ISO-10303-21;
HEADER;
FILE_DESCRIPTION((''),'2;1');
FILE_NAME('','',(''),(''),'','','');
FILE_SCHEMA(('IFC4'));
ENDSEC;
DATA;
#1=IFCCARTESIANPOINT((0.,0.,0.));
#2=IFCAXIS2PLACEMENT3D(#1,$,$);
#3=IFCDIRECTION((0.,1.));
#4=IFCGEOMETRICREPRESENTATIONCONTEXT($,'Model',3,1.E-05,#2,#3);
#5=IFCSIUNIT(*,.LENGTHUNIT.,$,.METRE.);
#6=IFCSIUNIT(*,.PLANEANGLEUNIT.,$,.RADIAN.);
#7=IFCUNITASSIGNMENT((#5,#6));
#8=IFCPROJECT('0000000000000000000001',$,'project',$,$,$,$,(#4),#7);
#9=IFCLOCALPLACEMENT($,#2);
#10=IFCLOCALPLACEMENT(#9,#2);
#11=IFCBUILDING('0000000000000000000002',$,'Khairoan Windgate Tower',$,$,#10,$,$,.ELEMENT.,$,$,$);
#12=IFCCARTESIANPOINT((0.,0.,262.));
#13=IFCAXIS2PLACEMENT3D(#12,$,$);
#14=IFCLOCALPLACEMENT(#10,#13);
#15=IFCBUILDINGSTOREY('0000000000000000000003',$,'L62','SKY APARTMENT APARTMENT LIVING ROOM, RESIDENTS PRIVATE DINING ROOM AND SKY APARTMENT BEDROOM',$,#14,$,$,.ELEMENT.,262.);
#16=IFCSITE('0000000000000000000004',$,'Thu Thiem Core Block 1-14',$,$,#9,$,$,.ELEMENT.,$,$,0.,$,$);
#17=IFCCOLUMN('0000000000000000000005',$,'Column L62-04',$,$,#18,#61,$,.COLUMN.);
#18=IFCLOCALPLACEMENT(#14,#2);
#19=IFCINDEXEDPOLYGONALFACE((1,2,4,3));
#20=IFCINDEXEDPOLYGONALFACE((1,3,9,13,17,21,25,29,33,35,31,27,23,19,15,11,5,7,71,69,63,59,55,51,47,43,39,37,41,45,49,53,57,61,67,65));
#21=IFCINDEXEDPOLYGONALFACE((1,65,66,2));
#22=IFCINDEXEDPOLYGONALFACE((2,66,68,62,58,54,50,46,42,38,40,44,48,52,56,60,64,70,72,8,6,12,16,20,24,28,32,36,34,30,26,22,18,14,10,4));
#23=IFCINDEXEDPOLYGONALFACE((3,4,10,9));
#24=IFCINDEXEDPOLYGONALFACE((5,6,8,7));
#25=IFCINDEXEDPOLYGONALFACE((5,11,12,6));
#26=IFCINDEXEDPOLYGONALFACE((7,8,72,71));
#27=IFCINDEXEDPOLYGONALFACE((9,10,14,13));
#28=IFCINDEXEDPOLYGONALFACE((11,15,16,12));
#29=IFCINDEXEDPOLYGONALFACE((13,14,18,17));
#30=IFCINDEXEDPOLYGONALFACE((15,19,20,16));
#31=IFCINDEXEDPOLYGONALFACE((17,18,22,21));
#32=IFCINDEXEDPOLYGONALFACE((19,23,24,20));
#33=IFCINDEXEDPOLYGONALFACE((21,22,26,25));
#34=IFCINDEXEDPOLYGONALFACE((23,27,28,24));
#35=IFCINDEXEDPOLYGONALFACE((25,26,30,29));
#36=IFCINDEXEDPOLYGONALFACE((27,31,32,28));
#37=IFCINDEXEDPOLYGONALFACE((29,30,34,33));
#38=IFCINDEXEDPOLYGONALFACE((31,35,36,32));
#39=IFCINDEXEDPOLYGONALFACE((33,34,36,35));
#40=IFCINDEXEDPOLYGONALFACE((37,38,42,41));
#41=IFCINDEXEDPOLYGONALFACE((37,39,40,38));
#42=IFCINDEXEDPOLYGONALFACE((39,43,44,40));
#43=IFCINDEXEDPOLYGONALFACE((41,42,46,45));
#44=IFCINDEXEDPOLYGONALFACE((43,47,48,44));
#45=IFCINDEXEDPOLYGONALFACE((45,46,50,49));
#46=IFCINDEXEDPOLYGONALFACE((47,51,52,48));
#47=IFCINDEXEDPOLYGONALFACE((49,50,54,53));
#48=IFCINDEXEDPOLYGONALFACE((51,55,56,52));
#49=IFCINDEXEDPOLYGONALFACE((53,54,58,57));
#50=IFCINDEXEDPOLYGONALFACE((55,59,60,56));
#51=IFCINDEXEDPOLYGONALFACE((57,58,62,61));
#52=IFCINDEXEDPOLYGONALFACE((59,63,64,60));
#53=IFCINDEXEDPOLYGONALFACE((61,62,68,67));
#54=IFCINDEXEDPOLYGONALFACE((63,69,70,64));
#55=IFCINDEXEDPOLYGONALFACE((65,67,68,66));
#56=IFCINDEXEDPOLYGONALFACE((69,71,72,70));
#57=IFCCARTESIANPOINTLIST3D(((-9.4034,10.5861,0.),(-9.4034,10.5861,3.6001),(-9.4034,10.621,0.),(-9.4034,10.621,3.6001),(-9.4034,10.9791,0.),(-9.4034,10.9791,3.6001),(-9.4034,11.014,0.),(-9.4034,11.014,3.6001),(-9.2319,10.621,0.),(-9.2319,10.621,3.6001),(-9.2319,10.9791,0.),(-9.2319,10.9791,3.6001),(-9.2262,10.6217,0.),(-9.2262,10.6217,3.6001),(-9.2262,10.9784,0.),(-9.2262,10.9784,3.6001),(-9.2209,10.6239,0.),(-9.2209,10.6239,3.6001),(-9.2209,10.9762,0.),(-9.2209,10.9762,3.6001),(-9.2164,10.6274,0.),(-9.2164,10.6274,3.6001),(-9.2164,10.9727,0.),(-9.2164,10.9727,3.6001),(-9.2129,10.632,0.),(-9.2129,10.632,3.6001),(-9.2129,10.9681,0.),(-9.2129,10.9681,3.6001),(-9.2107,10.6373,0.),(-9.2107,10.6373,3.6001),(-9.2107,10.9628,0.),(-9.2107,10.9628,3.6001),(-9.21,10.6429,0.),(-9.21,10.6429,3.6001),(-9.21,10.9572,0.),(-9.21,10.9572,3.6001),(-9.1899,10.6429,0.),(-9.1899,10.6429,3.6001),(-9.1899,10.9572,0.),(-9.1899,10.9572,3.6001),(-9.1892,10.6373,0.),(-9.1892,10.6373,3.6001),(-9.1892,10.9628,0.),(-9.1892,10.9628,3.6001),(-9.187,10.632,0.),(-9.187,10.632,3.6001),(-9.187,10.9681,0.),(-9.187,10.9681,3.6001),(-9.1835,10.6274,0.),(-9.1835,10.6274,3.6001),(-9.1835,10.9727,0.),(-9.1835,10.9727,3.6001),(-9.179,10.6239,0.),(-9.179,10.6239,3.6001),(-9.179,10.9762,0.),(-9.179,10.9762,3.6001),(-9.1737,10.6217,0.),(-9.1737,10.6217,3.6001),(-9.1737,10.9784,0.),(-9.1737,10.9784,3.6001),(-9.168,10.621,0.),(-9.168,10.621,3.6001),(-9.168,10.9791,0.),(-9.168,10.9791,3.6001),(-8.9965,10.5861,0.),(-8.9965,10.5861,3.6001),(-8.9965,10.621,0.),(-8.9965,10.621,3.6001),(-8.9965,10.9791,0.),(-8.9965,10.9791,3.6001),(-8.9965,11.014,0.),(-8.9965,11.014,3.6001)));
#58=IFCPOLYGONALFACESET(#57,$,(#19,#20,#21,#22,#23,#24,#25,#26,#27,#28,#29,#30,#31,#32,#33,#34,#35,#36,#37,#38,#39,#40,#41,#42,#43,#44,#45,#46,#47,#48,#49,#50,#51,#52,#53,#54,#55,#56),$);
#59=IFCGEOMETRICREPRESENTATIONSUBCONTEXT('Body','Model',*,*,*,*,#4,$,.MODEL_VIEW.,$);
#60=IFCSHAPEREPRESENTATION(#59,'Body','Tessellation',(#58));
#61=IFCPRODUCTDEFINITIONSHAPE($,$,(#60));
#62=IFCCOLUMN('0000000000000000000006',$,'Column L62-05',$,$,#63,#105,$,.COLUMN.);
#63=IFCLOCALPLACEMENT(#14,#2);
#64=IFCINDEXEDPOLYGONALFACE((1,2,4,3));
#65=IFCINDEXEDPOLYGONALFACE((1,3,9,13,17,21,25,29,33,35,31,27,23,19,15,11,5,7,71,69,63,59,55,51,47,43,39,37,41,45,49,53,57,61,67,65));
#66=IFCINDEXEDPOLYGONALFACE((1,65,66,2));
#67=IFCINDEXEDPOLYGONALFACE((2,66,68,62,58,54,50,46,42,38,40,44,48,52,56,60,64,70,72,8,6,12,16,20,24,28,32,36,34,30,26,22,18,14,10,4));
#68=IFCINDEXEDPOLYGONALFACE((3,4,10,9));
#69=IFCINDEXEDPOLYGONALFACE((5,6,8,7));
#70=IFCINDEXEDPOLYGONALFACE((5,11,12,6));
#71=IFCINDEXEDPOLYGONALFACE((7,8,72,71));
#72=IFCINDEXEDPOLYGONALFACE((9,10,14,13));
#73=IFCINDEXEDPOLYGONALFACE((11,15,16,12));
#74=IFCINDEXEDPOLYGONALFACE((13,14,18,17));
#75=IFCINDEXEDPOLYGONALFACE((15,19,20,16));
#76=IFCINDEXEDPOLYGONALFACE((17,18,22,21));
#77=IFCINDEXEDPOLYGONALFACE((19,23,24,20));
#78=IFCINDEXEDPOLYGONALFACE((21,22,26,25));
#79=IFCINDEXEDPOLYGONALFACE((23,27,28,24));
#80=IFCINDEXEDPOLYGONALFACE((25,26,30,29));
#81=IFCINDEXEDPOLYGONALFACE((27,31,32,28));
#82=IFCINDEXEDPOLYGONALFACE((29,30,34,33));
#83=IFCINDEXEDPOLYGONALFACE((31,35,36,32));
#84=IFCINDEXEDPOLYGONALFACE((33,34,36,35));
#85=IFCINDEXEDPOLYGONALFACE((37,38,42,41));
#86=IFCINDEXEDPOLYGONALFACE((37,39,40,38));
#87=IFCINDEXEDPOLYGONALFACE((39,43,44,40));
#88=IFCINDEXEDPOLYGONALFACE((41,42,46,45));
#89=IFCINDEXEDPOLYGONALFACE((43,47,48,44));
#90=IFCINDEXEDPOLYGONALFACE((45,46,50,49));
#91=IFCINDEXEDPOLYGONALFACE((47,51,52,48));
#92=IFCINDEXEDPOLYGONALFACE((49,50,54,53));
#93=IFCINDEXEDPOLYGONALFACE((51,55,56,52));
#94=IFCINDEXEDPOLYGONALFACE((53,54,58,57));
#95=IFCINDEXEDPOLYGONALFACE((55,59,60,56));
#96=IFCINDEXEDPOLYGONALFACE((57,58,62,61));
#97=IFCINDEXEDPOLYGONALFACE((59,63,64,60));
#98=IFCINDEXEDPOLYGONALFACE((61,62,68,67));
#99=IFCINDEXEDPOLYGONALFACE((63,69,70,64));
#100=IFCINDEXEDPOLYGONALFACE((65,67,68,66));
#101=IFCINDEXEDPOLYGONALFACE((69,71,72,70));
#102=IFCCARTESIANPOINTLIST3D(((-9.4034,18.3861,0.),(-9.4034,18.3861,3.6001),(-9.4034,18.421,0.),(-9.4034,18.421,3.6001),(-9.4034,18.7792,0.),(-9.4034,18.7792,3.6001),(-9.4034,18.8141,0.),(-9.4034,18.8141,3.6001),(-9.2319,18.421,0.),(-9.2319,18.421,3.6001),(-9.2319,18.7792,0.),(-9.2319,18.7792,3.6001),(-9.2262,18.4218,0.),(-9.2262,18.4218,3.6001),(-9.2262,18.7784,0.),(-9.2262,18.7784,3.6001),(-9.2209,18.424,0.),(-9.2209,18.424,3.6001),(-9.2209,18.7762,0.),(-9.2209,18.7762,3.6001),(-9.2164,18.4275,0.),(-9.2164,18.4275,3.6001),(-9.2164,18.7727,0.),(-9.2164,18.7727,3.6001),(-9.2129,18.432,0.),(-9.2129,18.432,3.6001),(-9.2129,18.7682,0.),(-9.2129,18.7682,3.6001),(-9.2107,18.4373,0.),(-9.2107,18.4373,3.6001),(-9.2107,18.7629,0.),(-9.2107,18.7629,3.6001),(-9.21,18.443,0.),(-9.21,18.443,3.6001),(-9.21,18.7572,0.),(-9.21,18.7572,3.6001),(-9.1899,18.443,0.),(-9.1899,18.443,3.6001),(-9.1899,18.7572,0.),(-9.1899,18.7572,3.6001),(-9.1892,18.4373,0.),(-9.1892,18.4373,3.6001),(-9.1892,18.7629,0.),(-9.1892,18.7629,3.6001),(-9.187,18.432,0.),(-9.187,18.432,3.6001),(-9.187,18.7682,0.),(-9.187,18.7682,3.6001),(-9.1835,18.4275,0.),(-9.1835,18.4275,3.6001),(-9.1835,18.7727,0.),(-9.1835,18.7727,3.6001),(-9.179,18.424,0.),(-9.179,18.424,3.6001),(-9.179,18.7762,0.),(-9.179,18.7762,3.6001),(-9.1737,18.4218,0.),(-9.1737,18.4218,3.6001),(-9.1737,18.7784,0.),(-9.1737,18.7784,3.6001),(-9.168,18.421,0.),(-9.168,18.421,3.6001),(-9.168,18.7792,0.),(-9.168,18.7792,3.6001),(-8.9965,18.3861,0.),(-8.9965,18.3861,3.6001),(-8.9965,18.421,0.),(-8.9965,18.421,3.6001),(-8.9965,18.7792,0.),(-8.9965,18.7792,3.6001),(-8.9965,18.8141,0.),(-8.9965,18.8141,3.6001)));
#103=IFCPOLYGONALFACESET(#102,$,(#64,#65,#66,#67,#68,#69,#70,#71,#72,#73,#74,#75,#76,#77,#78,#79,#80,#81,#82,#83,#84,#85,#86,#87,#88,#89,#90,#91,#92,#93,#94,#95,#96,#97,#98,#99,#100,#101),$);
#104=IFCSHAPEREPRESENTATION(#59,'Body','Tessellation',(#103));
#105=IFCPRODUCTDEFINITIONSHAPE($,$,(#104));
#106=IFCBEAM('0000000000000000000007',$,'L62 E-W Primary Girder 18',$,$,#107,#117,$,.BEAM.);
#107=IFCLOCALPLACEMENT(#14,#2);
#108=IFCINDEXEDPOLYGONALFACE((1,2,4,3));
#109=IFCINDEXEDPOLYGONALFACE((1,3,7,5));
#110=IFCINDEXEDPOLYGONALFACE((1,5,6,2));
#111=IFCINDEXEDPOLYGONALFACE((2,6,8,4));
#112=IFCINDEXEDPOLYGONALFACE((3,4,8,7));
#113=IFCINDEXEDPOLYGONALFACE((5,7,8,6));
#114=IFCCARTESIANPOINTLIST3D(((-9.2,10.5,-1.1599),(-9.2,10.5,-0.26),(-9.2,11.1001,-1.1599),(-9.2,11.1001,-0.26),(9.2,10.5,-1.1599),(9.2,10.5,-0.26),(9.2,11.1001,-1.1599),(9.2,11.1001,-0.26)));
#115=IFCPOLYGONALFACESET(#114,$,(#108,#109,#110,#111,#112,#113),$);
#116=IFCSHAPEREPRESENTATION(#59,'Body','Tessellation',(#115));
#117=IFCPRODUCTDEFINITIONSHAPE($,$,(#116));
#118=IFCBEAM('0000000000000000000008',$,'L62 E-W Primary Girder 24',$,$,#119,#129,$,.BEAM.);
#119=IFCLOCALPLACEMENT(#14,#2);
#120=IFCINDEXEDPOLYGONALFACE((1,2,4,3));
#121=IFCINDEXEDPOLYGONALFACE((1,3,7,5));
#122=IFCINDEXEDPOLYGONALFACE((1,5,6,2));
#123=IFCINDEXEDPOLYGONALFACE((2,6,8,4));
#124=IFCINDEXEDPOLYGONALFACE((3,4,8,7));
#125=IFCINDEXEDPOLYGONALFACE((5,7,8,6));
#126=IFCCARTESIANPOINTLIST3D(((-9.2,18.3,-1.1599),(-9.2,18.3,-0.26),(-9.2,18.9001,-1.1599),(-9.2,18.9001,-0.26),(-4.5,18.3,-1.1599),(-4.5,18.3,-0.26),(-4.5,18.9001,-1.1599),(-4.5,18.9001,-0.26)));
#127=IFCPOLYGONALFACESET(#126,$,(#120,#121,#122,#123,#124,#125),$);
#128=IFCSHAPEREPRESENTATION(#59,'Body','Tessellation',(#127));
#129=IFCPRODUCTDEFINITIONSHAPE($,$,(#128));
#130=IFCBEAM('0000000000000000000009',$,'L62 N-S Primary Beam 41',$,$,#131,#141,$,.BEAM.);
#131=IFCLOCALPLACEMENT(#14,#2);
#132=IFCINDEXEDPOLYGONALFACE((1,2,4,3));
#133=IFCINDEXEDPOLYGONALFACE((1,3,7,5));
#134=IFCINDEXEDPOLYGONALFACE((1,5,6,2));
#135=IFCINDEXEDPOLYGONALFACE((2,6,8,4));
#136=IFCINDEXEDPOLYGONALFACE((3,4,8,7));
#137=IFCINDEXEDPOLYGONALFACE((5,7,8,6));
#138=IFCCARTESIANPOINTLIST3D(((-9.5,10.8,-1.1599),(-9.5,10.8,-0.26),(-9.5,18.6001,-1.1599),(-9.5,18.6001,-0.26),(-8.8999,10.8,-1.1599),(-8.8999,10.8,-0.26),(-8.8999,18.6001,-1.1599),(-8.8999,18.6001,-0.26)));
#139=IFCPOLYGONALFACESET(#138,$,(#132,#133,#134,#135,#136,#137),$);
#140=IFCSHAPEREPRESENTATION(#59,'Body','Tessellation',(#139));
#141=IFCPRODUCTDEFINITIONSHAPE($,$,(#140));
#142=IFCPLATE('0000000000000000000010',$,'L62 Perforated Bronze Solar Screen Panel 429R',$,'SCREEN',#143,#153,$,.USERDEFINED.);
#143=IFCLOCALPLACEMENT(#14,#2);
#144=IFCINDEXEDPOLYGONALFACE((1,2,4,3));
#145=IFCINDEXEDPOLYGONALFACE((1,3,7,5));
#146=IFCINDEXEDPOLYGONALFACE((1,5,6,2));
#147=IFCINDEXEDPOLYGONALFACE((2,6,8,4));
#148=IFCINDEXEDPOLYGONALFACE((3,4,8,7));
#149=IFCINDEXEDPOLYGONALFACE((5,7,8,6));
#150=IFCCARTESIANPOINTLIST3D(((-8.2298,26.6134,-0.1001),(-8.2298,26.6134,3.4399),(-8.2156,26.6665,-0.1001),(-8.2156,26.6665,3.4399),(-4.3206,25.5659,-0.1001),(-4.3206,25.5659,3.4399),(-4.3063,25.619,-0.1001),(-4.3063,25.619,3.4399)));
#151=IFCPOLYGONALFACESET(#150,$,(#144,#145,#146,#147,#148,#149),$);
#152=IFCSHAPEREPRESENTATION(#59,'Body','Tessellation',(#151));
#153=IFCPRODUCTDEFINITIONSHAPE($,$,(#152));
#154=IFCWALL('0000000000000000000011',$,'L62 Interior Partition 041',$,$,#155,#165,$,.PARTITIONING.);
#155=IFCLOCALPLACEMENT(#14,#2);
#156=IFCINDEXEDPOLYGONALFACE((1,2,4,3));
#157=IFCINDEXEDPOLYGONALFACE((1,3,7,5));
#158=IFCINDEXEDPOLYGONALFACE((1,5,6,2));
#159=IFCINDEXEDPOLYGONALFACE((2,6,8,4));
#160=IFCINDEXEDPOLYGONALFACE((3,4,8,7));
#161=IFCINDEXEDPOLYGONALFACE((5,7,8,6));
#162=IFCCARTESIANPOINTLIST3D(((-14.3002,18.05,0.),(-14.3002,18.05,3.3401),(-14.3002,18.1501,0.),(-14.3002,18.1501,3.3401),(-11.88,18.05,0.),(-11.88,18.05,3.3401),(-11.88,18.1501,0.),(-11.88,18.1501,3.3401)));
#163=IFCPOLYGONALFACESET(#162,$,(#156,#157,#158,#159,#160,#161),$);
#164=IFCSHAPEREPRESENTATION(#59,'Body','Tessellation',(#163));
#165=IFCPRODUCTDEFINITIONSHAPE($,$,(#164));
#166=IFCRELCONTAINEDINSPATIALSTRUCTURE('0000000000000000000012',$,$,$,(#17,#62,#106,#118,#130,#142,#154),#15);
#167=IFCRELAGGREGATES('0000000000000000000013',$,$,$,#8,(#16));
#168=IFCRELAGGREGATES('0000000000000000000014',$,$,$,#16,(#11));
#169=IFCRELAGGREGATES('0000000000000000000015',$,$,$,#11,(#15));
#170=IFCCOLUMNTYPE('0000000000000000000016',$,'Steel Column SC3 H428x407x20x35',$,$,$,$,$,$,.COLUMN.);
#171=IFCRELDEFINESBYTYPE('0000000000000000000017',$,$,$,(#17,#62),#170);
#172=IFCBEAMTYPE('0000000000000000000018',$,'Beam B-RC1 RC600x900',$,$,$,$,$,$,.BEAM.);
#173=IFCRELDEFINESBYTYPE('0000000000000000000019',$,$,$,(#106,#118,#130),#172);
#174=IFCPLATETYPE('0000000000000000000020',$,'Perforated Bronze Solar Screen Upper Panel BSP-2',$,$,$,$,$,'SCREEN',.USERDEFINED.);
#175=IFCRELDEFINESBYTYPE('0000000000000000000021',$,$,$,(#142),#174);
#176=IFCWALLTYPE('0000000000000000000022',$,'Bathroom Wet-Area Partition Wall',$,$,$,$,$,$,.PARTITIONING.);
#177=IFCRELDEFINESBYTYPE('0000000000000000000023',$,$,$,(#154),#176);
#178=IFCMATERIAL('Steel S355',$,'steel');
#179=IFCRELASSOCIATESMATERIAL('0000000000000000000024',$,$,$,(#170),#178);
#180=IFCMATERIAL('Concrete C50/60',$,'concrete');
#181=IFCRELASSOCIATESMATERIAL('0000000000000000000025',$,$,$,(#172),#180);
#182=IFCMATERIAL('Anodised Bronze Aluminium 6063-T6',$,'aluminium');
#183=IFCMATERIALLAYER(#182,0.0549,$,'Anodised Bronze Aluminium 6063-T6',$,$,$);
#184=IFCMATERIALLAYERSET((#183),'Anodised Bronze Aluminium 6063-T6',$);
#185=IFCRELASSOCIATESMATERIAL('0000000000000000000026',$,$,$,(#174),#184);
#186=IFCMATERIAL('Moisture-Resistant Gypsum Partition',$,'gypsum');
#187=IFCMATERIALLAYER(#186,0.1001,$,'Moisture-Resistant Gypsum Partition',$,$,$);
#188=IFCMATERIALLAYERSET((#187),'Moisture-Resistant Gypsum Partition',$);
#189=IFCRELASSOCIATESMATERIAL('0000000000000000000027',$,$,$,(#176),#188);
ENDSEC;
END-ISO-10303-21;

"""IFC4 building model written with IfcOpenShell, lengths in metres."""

from ifc_helpers import new_model, si_unit, direction, frame, frame_2d, origin, origin_2d, place, context, subcontext, project, spatial, rectangle, i_section, extrude, material, layer, layer_set, material_profile, profile_set, type_object, element, save


model = new_model("IFC4")

# Units and contexts
model_context = context("Model", 3, precision=1e-05, world=origin(), true_north=direction((0.0, 1.0)))
body_context = subcontext(model_context, "Body", "Model", "MODEL_VIEW")
ifc_project = project(units=[si_unit("LENGTHUNIT", "METRE"), si_unit("PLANEANGLEUNIT", "RADIAN")], contexts=[model_context])

# Site, building, storey
site_placement = place(None, origin())
site = spatial("IfcSite", under=ifc_project, at=site_placement, Name="Thu Thiem Core Block 1-14", CompositionType="ELEMENT", RefElevation=0.0)
building_placement = place(site_placement, origin())
building = spatial("IfcBuilding", under=site, at=building_placement, Name="Khairoan Windgate Tower", CompositionType="ELEMENT")
storey_placement = place(building_placement, frame((0.0, 0.0, 262.0)))
storey = spatial("IfcBuildingStorey", under=building, at=storey_placement, Name="L62", Description="SKY APARTMENT APARTMENT LIVING ROOM, RESIDENTS PRIVATE DINING ROOM AND SKY APARTMENT BEDROOM", CompositionType="ELEMENT", Elevation=262.0)

# Columns
ifc_material_1 = material(Name="Steel S355", Category="steel")
ifc_material_profile_1 = material_profile(ifc_material_1, i_section(OverallWidth=0.407, OverallDepth=0.428, WebThickness=0.02, FlangeThickness=0.0349, FilletRadius=0.022, at=origin_2d()))
ifc_profile_set_1 = profile_set([ifc_material_profile_1], Name="Steel S355")
column_type = type_object("IfcColumnType", Name="Steel Column SC3 H428x407x20x35", PredefinedType="COLUMN", material=ifc_profile_set_1)
for number, where, z_axis, x_axis, name in (
    (1, (-9.2, 10.8, 0.0), (0.0, 0.0, 1.0), (1.0, 0.0, 0.0), "Column L62-04"),
    (2, (-9.2, 18.6001, 0.0), (0.0, 0.0, 1.0), (1.0, 0.0, 0.0), "Column L62-05"),
):
    element("IfcColumn", number, at=place(storey_placement, frame(where, z_axis=z_axis, x_axis=x_axis)), inside=storey, type_object=column_type, Name=name, PredefinedType="COLUMN", context=body_context, shape_type="SweptSolid", body=[
        extrude(i_section(OverallWidth=0.407, OverallDepth=0.428, WebThickness=0.02, FlangeThickness=0.0349, FilletRadius=0.022, at=origin_2d()), origin(), (0.0, 0.0, 1.0), 3.6001),
    ])

# Beams
ifc_material_2 = material(Name="Concrete C50/60", Category="concrete")
ifc_material_profile_2 = material_profile(ifc_material_2, rectangle(XDim=0.6001, YDim=0.8999, at=origin_2d()))
ifc_profile_set_2 = profile_set([ifc_material_profile_2], Name="Concrete C50/60")
beam_type = type_object("IfcBeamType", Name="Beam B-RC1 RC600x900", PredefinedType="BEAM", material=ifc_profile_set_2)
beam_1_placement = place(storey_placement, frame((-9.2, 10.8, -0.71), z_axis=(1.0, 0.0, 0.0), x_axis=(0.0, 1.0, 0.0)))
element("IfcBeam", 3, at=beam_1_placement, inside=storey, type_object=beam_type, Name="L62 E-W Primary Girder 18", PredefinedType="BEAM", context=body_context, shape_type="SweptSolid", body=[
    extrude(rectangle(XDim=0.6001, YDim=0.8999, at=origin_2d()), origin(), (0.0, 0.0, 1.0), 18.3999),
])
beam_2_placement = place(storey_placement, frame((-9.2, 18.6001, -0.71), z_axis=(1.0, 0.0, 0.0), x_axis=(0.0, 1.0, 0.0)))
element("IfcBeam", 4, at=beam_2_placement, inside=storey, type_object=beam_type, Name="L62 E-W Primary Girder 24", PredefinedType="BEAM", context=body_context, shape_type="SweptSolid", body=[
    extrude(rectangle(XDim=0.6001, YDim=0.8999, at=origin_2d()), origin(), (0.0, 0.0, 1.0), 4.7),
])
beam_3_placement = place(storey_placement, frame((-9.2, 10.8, -0.71), z_axis=(0.0, 1.0, 0.0), x_axis=(-1.0, 0.0, 0.0)))
element("IfcBeam", 5, at=beam_3_placement, inside=storey, type_object=beam_type, Name="L62 N-S Primary Beam 41", PredefinedType="BEAM", context=body_context, shape_type="SweptSolid", body=[
    extrude(rectangle(XDim=0.6001, YDim=0.8999, at=origin_2d()), origin(), (0.0, 0.0, 1.0), 7.8),
])

# Plate
ifc_material_3 = material(Name="Anodised Bronze Aluminium 6063-T6", Category="aluminium")
ifc_layer_1 = layer(ifc_material_3, 0.0549, Name="Anodised Bronze Aluminium 6063-T6")
ifc_layer_set_1 = layer_set([ifc_layer_1], Name="Anodised Bronze Aluminium 6063-T6")
plate_type = type_object("IfcPlateType", Name="Perforated Bronze Solar Screen Upper Panel BSP-2", ElementType="SCREEN", PredefinedType="USERDEFINED", material=ifc_layer_set_1)
plate_placement = place(storey_placement, frame((-6.2681, 26.1162, -0.1001), z_axis=(0.0, 0.0, 1.0), x_axis=(0.965926, -0.258819, 0.0)))
element("IfcPlate", 6, at=plate_placement, inside=storey, type_object=plate_type, Name="L62 Perforated Bronze Solar Screen Panel 429R", ObjectType="SCREEN", PredefinedType="USERDEFINED", context=body_context, shape_type="SweptSolid", body=[
    extrude(rectangle(XDim=4.0471, YDim=0.0549, at=origin_2d()), origin(), (0.0, 0.0, 1.0), 3.54),
])

# Wall
ifc_material_4 = material(Name="Moisture-Resistant Gypsum Partition", Category="gypsum")
ifc_layer_2 = layer(ifc_material_4, 0.1001, Name="Moisture-Resistant Gypsum Partition")
ifc_layer_set_2 = layer_set([ifc_layer_2], Name="Moisture-Resistant Gypsum Partition")
wall_type_1 = type_object("IfcWallType", Name="Bathroom Wet-Area Partition Wall", PredefinedType="PARTITIONING", material=ifc_layer_set_2)
wall_1_placement = place(storey_placement, frame((-14.3, 18.1001, 0.0), z_axis=(0.0, 0.0, 1.0), x_axis=(1.0, 0.0, 0.0)))
element("IfcWall", 7, at=wall_1_placement, inside=storey, type_object=wall_type_1, Name="L62 Interior Partition 041", PredefinedType="PARTITIONING", context=body_context, shape_type="SweptSolid", body=[
    extrude(rectangle(XDim=2.4202, YDim=0.1001, at=frame_2d((1.21, 0.0))), origin(), (0.0, 0.0, 1.0), 3.3401),
])

save(model, "model.ifc")
